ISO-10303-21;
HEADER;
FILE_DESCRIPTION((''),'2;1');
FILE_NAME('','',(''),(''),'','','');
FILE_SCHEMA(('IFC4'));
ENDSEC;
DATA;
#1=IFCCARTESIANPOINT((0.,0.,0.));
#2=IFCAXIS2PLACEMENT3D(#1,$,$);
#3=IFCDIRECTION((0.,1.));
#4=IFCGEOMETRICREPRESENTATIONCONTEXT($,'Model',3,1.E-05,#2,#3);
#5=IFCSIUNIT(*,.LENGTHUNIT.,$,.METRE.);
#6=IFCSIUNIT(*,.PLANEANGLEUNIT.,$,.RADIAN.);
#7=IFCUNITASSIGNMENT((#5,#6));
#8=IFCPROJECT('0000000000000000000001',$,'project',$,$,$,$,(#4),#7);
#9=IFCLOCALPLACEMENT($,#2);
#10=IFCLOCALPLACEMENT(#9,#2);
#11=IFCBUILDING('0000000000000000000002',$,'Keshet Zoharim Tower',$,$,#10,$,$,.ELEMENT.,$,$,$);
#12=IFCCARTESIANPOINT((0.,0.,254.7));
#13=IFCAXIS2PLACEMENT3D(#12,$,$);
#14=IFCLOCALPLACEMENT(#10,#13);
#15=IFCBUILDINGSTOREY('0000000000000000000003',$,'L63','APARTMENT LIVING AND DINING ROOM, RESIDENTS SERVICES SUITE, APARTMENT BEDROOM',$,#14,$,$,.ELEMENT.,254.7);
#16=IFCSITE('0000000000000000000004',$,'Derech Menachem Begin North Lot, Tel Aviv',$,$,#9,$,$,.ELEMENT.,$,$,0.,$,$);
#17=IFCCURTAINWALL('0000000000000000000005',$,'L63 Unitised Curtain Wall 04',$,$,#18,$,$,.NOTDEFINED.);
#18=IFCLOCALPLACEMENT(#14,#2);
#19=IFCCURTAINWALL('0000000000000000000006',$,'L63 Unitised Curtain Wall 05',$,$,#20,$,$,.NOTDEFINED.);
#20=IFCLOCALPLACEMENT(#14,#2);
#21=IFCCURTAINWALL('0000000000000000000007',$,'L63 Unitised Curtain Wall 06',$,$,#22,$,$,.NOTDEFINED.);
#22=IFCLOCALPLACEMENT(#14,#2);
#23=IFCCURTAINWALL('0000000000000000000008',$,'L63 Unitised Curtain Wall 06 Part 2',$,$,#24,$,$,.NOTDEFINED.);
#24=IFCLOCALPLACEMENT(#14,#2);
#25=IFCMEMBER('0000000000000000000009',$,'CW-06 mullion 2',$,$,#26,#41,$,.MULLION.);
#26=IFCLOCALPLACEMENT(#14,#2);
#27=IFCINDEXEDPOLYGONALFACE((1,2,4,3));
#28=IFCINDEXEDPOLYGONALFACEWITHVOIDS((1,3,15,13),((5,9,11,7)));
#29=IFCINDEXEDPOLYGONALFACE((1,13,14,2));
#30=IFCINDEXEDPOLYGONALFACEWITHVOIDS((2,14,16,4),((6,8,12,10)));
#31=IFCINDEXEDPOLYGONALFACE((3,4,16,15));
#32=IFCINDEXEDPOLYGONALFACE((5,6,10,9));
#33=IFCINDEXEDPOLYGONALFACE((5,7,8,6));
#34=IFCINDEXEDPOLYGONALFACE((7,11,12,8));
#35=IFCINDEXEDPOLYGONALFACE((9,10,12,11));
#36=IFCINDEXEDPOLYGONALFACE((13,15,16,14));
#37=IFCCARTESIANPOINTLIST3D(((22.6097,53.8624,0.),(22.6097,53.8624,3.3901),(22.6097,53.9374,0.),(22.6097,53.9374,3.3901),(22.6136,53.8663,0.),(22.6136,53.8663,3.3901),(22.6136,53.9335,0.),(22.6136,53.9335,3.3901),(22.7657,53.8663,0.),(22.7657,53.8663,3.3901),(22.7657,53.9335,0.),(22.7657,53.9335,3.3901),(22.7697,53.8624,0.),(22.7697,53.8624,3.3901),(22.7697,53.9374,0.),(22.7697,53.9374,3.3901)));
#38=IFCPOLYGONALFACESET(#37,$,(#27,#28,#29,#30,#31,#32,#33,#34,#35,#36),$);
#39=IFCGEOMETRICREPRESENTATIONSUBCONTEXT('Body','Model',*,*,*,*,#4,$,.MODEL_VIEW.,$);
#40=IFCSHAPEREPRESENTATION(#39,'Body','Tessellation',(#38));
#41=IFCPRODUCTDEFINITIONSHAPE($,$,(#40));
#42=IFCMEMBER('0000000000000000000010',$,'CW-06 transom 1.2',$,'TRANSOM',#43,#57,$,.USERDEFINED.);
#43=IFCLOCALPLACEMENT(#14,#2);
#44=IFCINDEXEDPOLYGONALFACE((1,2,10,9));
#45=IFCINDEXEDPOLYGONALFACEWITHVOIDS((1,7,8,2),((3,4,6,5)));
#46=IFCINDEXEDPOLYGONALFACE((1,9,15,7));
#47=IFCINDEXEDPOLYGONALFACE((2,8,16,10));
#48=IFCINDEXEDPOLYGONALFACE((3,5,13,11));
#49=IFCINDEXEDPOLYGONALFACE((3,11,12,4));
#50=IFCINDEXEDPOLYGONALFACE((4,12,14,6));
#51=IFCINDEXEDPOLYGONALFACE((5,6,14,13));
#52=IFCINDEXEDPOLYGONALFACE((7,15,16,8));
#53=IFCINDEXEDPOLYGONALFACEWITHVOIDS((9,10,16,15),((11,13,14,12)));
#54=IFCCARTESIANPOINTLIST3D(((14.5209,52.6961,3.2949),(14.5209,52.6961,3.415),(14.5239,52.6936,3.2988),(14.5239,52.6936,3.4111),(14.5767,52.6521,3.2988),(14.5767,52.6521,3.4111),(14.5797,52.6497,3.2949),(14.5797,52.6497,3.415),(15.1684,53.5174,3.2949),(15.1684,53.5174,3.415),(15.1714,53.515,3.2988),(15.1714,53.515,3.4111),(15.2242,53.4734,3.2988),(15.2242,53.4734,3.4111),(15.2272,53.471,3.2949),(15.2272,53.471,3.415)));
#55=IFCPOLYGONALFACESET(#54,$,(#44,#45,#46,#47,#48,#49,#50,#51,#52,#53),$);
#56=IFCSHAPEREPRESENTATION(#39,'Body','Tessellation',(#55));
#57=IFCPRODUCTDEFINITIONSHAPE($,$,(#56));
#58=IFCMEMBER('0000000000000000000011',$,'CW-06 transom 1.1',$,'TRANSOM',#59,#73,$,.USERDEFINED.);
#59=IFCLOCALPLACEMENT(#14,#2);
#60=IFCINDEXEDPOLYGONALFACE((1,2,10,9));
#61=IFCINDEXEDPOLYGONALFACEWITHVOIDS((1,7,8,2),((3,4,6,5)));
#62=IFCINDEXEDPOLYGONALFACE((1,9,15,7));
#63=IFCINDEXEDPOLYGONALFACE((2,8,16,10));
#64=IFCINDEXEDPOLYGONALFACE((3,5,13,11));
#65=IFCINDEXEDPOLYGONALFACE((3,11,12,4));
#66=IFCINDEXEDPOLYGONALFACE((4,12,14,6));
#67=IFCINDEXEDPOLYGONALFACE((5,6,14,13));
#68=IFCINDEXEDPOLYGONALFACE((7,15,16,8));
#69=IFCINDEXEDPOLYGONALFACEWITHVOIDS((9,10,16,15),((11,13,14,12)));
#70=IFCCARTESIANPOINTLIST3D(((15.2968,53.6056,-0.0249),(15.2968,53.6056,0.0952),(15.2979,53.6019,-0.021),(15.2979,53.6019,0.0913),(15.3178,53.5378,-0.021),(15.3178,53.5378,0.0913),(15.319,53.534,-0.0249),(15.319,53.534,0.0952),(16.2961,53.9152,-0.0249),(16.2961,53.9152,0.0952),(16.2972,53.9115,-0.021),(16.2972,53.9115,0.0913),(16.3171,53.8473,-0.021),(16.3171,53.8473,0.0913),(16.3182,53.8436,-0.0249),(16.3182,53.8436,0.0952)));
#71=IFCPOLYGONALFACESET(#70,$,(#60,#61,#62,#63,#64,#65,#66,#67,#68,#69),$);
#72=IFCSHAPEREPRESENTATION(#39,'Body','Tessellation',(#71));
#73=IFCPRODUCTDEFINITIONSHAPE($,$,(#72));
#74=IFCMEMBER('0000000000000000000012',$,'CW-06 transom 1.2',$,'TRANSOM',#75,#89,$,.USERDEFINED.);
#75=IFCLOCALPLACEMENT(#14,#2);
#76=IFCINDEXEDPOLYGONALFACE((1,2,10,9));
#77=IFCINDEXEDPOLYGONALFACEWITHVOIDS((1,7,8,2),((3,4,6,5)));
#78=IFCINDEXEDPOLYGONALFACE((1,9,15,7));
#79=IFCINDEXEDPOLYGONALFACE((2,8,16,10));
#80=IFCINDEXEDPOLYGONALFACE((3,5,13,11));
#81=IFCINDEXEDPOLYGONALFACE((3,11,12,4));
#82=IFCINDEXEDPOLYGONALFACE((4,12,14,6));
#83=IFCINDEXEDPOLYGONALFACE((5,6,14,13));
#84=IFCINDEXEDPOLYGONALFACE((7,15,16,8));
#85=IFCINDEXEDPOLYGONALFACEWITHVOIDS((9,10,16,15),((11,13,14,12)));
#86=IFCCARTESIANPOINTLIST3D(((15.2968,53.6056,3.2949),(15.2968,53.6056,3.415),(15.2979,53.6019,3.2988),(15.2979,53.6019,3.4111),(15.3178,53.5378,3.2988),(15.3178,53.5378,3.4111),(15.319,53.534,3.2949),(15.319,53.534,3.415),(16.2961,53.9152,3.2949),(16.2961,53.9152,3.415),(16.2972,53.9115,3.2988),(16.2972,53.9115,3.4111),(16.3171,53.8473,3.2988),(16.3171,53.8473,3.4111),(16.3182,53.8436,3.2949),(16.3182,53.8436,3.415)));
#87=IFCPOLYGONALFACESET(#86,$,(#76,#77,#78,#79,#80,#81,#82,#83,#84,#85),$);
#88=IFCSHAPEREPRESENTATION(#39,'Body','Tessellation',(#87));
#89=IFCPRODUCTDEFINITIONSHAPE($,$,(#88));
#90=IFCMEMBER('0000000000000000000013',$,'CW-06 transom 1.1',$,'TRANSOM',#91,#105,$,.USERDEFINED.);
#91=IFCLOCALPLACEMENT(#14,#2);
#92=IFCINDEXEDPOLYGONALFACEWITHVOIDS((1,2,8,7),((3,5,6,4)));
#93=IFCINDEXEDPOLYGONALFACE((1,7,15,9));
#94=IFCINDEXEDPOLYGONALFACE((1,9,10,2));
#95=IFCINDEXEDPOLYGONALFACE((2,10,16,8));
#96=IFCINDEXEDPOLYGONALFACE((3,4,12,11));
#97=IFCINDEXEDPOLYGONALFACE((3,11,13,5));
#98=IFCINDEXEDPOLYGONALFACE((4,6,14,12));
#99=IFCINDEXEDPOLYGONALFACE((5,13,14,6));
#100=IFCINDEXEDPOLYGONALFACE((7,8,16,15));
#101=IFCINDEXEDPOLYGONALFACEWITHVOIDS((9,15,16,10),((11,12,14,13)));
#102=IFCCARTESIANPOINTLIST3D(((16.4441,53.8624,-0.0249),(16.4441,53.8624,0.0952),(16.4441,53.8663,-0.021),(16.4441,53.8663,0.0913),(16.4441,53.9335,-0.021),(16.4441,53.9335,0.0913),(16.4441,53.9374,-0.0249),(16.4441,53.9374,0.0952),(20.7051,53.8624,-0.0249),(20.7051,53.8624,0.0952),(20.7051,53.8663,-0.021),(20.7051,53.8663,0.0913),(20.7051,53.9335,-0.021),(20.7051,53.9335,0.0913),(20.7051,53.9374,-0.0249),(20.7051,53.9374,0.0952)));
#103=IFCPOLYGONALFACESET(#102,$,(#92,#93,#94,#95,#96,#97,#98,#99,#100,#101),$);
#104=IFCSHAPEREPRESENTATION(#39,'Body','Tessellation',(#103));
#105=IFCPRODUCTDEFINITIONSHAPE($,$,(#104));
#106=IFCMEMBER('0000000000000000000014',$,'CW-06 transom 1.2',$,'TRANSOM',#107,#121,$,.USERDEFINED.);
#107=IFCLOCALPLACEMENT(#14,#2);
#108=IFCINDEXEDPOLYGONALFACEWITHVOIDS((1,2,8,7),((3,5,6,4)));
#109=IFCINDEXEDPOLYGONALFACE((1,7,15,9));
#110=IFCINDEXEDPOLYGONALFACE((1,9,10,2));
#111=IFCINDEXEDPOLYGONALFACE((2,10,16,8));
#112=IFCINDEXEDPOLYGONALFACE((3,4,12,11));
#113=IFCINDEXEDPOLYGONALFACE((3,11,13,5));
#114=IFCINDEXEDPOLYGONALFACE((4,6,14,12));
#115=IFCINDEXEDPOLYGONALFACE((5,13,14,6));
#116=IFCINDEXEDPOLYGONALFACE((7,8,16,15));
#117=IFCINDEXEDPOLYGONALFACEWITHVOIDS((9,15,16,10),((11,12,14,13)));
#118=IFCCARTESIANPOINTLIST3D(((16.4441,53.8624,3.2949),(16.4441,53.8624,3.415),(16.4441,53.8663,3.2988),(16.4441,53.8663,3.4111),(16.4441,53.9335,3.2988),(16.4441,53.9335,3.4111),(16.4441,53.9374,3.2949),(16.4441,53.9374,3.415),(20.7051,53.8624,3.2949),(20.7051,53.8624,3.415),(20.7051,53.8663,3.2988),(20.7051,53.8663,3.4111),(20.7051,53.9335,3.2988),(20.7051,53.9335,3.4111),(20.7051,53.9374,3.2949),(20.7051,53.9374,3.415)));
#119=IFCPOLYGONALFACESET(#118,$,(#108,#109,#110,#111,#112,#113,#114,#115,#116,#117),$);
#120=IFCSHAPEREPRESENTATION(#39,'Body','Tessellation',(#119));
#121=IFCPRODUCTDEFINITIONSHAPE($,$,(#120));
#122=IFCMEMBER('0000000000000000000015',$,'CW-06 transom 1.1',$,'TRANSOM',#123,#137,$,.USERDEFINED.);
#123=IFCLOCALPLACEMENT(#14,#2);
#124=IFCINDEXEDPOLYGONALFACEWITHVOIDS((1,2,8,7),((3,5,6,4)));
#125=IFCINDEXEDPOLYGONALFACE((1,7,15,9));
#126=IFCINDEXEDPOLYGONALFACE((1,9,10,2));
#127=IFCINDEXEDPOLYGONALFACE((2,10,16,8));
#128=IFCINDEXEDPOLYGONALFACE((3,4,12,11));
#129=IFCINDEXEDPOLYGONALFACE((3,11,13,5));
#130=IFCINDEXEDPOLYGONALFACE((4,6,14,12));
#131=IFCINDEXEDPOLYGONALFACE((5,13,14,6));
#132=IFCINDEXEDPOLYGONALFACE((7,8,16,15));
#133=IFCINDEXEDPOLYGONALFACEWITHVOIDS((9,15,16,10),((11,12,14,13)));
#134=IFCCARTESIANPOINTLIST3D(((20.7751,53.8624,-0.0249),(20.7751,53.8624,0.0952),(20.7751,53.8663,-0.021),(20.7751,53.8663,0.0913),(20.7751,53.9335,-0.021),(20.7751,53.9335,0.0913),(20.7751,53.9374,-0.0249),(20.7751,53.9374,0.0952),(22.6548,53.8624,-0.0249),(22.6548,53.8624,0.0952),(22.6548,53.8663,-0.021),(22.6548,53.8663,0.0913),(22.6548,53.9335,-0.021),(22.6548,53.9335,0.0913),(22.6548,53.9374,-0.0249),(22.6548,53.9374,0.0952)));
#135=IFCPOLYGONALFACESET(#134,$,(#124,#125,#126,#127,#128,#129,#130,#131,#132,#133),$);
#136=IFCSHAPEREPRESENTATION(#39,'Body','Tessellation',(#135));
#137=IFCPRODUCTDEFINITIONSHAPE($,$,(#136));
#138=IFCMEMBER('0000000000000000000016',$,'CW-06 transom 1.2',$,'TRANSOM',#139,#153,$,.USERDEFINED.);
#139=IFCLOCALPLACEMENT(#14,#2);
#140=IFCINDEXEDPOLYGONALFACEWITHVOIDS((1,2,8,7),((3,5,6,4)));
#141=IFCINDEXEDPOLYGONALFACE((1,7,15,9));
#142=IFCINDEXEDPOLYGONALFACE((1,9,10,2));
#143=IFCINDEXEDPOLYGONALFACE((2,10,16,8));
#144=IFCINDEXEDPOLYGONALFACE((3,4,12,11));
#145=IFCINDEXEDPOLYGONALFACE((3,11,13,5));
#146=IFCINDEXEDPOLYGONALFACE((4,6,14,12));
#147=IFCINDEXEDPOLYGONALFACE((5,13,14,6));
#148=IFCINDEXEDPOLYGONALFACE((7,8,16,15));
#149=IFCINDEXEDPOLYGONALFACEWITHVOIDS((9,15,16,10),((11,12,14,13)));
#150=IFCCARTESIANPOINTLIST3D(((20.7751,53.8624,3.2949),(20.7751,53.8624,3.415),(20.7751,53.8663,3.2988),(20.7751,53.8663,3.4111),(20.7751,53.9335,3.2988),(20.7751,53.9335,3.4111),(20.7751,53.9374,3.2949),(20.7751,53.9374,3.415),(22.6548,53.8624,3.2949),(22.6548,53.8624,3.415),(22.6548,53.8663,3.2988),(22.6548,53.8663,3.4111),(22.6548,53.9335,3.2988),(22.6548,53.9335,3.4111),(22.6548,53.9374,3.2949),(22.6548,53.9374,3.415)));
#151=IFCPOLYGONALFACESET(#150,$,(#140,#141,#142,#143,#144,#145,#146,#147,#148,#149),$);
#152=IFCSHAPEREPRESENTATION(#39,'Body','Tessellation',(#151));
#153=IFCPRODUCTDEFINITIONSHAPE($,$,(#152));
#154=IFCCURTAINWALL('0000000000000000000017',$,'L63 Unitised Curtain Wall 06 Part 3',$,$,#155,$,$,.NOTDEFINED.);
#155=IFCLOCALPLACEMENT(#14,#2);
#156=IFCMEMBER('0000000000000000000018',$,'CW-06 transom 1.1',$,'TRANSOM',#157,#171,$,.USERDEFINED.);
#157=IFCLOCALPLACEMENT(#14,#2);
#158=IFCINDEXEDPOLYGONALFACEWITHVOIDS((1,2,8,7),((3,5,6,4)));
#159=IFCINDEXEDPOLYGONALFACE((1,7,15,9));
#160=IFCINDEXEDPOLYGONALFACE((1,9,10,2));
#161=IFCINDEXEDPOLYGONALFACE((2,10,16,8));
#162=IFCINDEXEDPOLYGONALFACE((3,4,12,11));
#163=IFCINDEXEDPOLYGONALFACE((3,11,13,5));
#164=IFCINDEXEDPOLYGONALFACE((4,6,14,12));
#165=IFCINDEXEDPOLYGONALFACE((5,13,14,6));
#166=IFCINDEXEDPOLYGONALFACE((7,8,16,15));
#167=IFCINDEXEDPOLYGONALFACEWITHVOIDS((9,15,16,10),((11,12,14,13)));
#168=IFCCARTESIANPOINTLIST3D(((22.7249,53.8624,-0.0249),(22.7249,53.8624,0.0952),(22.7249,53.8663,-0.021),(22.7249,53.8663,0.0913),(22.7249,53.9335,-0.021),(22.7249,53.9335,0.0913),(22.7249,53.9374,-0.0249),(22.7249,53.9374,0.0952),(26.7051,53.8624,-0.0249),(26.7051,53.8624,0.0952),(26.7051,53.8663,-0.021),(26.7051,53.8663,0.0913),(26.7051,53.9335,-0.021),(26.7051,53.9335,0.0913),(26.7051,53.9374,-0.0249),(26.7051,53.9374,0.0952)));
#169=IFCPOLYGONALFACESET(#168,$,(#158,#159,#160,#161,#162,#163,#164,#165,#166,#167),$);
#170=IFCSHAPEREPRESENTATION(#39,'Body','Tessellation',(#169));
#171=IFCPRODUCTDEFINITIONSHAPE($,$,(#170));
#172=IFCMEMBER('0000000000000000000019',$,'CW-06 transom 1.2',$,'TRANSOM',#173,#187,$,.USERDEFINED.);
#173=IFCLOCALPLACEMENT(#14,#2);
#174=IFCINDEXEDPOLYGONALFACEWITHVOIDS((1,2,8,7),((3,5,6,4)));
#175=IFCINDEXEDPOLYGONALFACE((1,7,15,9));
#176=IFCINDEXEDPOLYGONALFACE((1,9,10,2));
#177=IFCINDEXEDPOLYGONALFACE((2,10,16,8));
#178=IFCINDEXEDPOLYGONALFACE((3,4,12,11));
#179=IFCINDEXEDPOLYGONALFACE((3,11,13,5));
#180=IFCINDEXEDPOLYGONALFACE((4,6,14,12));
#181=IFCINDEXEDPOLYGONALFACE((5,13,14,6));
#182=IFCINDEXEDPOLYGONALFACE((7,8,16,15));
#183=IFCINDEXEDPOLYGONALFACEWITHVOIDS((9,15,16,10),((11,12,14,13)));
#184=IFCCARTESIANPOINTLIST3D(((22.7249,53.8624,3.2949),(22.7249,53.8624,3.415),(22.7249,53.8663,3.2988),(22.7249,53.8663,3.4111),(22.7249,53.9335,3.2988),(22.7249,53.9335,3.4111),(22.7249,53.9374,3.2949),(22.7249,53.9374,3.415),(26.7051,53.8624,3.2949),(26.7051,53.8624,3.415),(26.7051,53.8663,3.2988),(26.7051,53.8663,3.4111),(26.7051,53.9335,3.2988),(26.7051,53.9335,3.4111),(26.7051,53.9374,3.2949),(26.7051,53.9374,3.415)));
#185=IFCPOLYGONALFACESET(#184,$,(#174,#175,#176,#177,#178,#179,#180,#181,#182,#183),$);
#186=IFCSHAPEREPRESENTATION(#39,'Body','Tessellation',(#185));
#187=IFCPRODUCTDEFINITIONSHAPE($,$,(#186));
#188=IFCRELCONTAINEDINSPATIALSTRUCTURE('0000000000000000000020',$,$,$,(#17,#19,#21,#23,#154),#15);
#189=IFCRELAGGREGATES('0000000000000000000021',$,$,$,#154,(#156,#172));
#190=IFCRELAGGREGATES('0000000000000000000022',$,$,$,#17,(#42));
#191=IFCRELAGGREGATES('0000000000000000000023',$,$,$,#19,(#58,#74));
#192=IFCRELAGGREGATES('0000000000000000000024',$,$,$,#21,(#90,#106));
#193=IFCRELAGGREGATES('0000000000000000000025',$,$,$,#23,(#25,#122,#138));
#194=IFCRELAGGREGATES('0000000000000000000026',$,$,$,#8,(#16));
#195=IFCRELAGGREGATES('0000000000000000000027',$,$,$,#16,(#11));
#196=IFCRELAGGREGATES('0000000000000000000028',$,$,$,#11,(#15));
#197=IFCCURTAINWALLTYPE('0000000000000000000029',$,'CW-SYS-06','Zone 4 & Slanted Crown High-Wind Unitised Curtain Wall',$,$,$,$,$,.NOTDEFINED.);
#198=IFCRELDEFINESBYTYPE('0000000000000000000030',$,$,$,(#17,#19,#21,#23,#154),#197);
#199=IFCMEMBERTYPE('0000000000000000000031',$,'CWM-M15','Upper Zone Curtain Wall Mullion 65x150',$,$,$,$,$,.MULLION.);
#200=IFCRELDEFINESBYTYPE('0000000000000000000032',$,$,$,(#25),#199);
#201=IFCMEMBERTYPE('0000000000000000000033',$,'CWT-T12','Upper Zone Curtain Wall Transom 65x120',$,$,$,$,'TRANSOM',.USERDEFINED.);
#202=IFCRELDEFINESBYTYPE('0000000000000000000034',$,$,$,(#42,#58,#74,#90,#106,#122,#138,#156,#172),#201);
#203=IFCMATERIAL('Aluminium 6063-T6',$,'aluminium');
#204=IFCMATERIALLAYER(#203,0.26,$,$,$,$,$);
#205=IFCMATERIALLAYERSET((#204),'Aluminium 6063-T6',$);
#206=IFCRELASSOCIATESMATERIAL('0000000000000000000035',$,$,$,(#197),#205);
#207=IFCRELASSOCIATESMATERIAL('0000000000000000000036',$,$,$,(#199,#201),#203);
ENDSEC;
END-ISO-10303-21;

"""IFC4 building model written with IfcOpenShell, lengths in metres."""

from ifc_helpers import new_model, si_unit, direction, frame, origin, origin_2d, place, context, subcontext, project, spatial, hollow_rectangle, extrude, material, layer, layer_set, material_profile, profile_set, type_object, element, aggregate, save


model = new_model("IFC4")

# Units and contexts
model_context = context("Model", 3, precision=1e-05, world=origin(), true_north=direction((0.0, 1.0)))
body_context = subcontext(model_context, "Body", "Model", "MODEL_VIEW")
ifc_project = project(units=[si_unit("LENGTHUNIT", "METRE"), si_unit("PLANEANGLEUNIT", "RADIAN")], contexts=[model_context])

# Site, building, storey
site_placement = place(None, origin())
site = spatial("IfcSite", under=ifc_project, at=site_placement, Name="Derech Menachem Begin North Lot, Tel Aviv", CompositionType="ELEMENT", RefElevation=0.0)
building_placement = place(site_placement, origin())
building = spatial("IfcBuilding", under=site, at=building_placement, Name="Keshet Zoharim Tower", CompositionType="ELEMENT")
storey_placement = place(building_placement, frame((0.0, 0.0, 254.7)))
storey = spatial("IfcBuildingStorey", under=building, at=storey_placement, Name="L63", Description="APARTMENT LIVING AND DINING ROOM, RESIDENTS SERVICES SUITE, APARTMENT BEDROOM", CompositionType="ELEMENT", Elevation=254.7)

# Curtain wall
ifc_material_1 = material(Name="Aluminium 6063-T6", Category="aluminium")
ifc_layer_1 = layer(ifc_material_1, 0.26)
ifc_layer_set_1 = layer_set([ifc_layer_1], Name="Aluminium 6063-T6")
curtain_wall_type = type_object("IfcCurtainWallType", Name="CW-SYS-06", Description="Zone 4 & Slanted Crown High-Wind Unitised Curtain Wall", PredefinedType="NOTDEFINED", material=ifc_layer_set_1)
curtain_wall_1_placement = place(storey_placement, origin())
curtain_wall_1 = element("IfcCurtainWall", 1, at=curtain_wall_1_placement, inside=storey, type_object=curtain_wall_type, Name="L63 Unitised Curtain Wall 04", PredefinedType="NOTDEFINED")
ifc_material_profile_1 = material_profile(ifc_material_1, hollow_rectangle(XDim=0.075, YDim=0.1599, WallThickness=0.0039, at=origin_2d()), Name="MUL-75x160")
ifc_profile_set_1 = profile_set([ifc_material_profile_1], Name="Aluminium 6063-T6")
member_type_1 = type_object("IfcMemberType", Name="CWM-M15", Description="Upper Zone Curtain Wall Mullion 65x150", PredefinedType="MULLION", material=ifc_profile_set_1)

# Curtain walls
curtain_wall_2_placement = place(storey_placement, origin())
curtain_wall_2 = element("IfcCurtainWall", 2, at=curtain_wall_2_placement, inside=storey, type_object=curtain_wall_type, Name="L63 Unitised Curtain Wall 05", PredefinedType="NOTDEFINED")
curtain_wall_3_placement = place(storey_placement, origin())
curtain_wall_3 = element("IfcCurtainWall", 3, at=curtain_wall_3_placement, inside=storey, type_object=curtain_wall_type, Name="L63 Unitised Curtain Wall 06", PredefinedType="NOTDEFINED")

# Curtain wall, member
curtain_wall_4_placement = place(storey_placement, origin())
curtain_wall_4 = element("IfcCurtainWall", 4, at=curtain_wall_4_placement, inside=storey, type_object=curtain_wall_type, Name="L63 Unitised Curtain Wall 06 Part 2", PredefinedType="NOTDEFINED")
member_1_placement = place(storey_placement, frame((22.6897, 53.8999, 0.0), z_axis=(0.0, 0.0, 1.0), x_axis=(0.0, 1.0, 0.0)))
member_1 = element("IfcMember", 5, at=member_1_placement, type_object=member_type_1, Name="CW-06 mullion 2", PredefinedType="MULLION", context=body_context, shape_type="SweptSolid", body=[
    extrude(hollow_rectangle(XDim=0.075, YDim=0.1599, WallThickness=0.0039, at=origin_2d()), origin(), (0.0, 0.0, 1.0), 3.3901),
])

# Members
ifc_material_profile_2 = material_profile(ifc_material_1, hollow_rectangle(XDim=0.075, YDim=0.1201, WallThickness=0.0039, at=origin_2d()), Name="TRN-75x120")
ifc_profile_set_2 = profile_set([ifc_material_profile_2], Name="Aluminium 6063-T6")
member_type_2 = type_object("IfcMemberType", Name="CWT-T12", Description="Upper Zone Curtain Wall Transom 65x120", ElementType="TRANSOM", PredefinedType="USERDEFINED", material=ifc_profile_set_2)
member_2_placement = place(storey_placement, frame((14.5503, 52.6729, 3.355), z_axis=(0.619099, 0.785313, 0.0), x_axis=(-0.785313, 0.619099, 0.0)))
member_2 = element("IfcMember", 6, at=member_2_placement, type_object=member_type_2, Name="CW-06 transom 1.2", ObjectType="TRANSOM", PredefinedType="USERDEFINED", context=body_context, shape_type="SweptSolid", body=[
    extrude(hollow_rectangle(XDim=0.075, YDim=0.1201, WallThickness=0.0039, at=origin_2d()), origin(), (0.0, 0.0, 1.0), 1.0459),
])
member_3_placement = place(storey_placement, frame((15.3079, 53.5698, 0.0352), z_axis=(0.955212, 0.295922, 0.0), x_axis=(-0.295922, 0.955212, 0.0)))
member_3 = element("IfcMember", 7, at=member_3_placement, type_object=member_type_2, Name="CW-06 transom 1.1", ObjectType="TRANSOM", PredefinedType="USERDEFINED", context=body_context, shape_type="SweptSolid", body=[
    extrude(hollow_rectangle(XDim=0.075, YDim=0.1201, WallThickness=0.0039, at=origin_2d()), origin(), (0.0, 0.0, 1.0), 1.0461),
])
member_4_placement = place(storey_placement, frame((15.3079, 53.5698, 3.355), z_axis=(0.955212, 0.295922, 0.0), x_axis=(-0.295922, 0.955212, 0.0)))
member_4 = element("IfcMember", 8, at=member_4_placement, type_object=member_type_2, Name="CW-06 transom 1.2", ObjectType="TRANSOM", PredefinedType="USERDEFINED", context=body_context, shape_type="SweptSolid", body=[
    extrude(hollow_rectangle(XDim=0.075, YDim=0.1201, WallThickness=0.0039, at=origin_2d()), origin(), (0.0, 0.0, 1.0), 1.0461),
])
member_5_placement = place(storey_placement, frame((16.4441, 53.8999, 0.0352), z_axis=(1.0, 0.0, 0.0), x_axis=(0.0, 1.0, 0.0)))
member_5 = element("IfcMember", 9, at=member_5_placement, type_object=member_type_2, Name="CW-06 transom 1.1", ObjectType="TRANSOM", PredefinedType="USERDEFINED", context=body_context, shape_type="SweptSolid", body=[
    extrude(hollow_rectangle(XDim=0.075, YDim=0.1201, WallThickness=0.0039, at=origin_2d()), origin(), (0.0, 0.0, 1.0), 4.261),
])
member_6_placement = place(storey_placement, frame((16.4441, 53.8999, 3.355), z_axis=(1.0, 0.0, 0.0), x_axis=(0.0, 1.0, 0.0)))
member_6 = element("IfcMember", 10, at=member_6_placement, type_object=member_type_2, Name="CW-06 transom 1.2", ObjectType="TRANSOM", PredefinedType="USERDEFINED", context=body_context, shape_type="SweptSolid", body=[
    extrude(hollow_rectangle(XDim=0.075, YDim=0.1201, WallThickness=0.0039, at=origin_2d()), origin(), (0.0, 0.0, 1.0), 4.261),
])
member_7_placement = place(storey_placement, frame((20.7751, 53.8999, 0.0352), z_axis=(1.0, 0.0, 0.0), x_axis=(0.0, 1.0, 0.0)))
member_7 = element("IfcMember", 11, at=member_7_placement, type_object=member_type_2, Name="CW-06 transom 1.1", ObjectType="TRANSOM", PredefinedType="USERDEFINED", context=body_context, shape_type="SweptSolid", body=[
    extrude(hollow_rectangle(XDim=0.075, YDim=0.1201, WallThickness=0.0039, at=origin_2d()), origin(), (0.0, 0.0, 1.0), 1.8796),
])
member_8_placement = place(storey_placement, frame((20.7751, 53.8999, 3.355), z_axis=(1.0, 0.0, 0.0), x_axis=(0.0, 1.0, 0.0)))
member_8 = element("IfcMember", 12, at=member_8_placement, type_object=member_type_2, Name="CW-06 transom 1.2", ObjectType="TRANSOM", PredefinedType="USERDEFINED", context=body_context, shape_type="SweptSolid", body=[
    extrude(hollow_rectangle(XDim=0.075, YDim=0.1201, WallThickness=0.0039, at=origin_2d()), origin(), (0.0, 0.0, 1.0), 1.8796),
])

# Curtain wall, members
curtain_wall_5_placement = place(storey_placement, origin())
curtain_wall_5 = element("IfcCurtainWall", 13, at=curtain_wall_5_placement, inside=storey, type_object=curtain_wall_type, Name="L63 Unitised Curtain Wall 06 Part 3", PredefinedType="NOTDEFINED")
member_9_placement = place(storey_placement, frame((22.7249, 53.8999, 0.0352), z_axis=(1.0, 0.0, 0.0), x_axis=(0.0, 1.0, 0.0)))
member_9 = element("IfcMember", 14, at=member_9_placement, type_object=member_type_2, Name="CW-06 transom 1.1", ObjectType="TRANSOM", PredefinedType="USERDEFINED", context=body_context, shape_type="SweptSolid", body=[
    extrude(hollow_rectangle(XDim=0.075, YDim=0.1201, WallThickness=0.0039, at=origin_2d()), origin(), (0.0, 0.0, 1.0), 3.9802),
])
member_10_placement = place(storey_placement, frame((22.7249, 53.8999, 3.355), z_axis=(1.0, 0.0, 0.0), x_axis=(0.0, 1.0, 0.0)))
member_10 = element("IfcMember", 15, at=member_10_placement, type_object=member_type_2, Name="CW-06 transom 1.2", ObjectType="TRANSOM", PredefinedType="USERDEFINED", context=body_context, shape_type="SweptSolid", body=[
    extrude(hollow_rectangle(XDim=0.075, YDim=0.1201, WallThickness=0.0039, at=origin_2d()), origin(), (0.0, 0.0, 1.0), 3.9802),
])
aggregate(curtain_wall_5, [member_9, member_10])

aggregate(curtain_wall_1, [member_2])
aggregate(curtain_wall_2, [member_3, member_4])
aggregate(curtain_wall_3, [member_5, member_6])
aggregate(curtain_wall_4, [member_1, member_7, member_8])

save(model, "model.ifc")
